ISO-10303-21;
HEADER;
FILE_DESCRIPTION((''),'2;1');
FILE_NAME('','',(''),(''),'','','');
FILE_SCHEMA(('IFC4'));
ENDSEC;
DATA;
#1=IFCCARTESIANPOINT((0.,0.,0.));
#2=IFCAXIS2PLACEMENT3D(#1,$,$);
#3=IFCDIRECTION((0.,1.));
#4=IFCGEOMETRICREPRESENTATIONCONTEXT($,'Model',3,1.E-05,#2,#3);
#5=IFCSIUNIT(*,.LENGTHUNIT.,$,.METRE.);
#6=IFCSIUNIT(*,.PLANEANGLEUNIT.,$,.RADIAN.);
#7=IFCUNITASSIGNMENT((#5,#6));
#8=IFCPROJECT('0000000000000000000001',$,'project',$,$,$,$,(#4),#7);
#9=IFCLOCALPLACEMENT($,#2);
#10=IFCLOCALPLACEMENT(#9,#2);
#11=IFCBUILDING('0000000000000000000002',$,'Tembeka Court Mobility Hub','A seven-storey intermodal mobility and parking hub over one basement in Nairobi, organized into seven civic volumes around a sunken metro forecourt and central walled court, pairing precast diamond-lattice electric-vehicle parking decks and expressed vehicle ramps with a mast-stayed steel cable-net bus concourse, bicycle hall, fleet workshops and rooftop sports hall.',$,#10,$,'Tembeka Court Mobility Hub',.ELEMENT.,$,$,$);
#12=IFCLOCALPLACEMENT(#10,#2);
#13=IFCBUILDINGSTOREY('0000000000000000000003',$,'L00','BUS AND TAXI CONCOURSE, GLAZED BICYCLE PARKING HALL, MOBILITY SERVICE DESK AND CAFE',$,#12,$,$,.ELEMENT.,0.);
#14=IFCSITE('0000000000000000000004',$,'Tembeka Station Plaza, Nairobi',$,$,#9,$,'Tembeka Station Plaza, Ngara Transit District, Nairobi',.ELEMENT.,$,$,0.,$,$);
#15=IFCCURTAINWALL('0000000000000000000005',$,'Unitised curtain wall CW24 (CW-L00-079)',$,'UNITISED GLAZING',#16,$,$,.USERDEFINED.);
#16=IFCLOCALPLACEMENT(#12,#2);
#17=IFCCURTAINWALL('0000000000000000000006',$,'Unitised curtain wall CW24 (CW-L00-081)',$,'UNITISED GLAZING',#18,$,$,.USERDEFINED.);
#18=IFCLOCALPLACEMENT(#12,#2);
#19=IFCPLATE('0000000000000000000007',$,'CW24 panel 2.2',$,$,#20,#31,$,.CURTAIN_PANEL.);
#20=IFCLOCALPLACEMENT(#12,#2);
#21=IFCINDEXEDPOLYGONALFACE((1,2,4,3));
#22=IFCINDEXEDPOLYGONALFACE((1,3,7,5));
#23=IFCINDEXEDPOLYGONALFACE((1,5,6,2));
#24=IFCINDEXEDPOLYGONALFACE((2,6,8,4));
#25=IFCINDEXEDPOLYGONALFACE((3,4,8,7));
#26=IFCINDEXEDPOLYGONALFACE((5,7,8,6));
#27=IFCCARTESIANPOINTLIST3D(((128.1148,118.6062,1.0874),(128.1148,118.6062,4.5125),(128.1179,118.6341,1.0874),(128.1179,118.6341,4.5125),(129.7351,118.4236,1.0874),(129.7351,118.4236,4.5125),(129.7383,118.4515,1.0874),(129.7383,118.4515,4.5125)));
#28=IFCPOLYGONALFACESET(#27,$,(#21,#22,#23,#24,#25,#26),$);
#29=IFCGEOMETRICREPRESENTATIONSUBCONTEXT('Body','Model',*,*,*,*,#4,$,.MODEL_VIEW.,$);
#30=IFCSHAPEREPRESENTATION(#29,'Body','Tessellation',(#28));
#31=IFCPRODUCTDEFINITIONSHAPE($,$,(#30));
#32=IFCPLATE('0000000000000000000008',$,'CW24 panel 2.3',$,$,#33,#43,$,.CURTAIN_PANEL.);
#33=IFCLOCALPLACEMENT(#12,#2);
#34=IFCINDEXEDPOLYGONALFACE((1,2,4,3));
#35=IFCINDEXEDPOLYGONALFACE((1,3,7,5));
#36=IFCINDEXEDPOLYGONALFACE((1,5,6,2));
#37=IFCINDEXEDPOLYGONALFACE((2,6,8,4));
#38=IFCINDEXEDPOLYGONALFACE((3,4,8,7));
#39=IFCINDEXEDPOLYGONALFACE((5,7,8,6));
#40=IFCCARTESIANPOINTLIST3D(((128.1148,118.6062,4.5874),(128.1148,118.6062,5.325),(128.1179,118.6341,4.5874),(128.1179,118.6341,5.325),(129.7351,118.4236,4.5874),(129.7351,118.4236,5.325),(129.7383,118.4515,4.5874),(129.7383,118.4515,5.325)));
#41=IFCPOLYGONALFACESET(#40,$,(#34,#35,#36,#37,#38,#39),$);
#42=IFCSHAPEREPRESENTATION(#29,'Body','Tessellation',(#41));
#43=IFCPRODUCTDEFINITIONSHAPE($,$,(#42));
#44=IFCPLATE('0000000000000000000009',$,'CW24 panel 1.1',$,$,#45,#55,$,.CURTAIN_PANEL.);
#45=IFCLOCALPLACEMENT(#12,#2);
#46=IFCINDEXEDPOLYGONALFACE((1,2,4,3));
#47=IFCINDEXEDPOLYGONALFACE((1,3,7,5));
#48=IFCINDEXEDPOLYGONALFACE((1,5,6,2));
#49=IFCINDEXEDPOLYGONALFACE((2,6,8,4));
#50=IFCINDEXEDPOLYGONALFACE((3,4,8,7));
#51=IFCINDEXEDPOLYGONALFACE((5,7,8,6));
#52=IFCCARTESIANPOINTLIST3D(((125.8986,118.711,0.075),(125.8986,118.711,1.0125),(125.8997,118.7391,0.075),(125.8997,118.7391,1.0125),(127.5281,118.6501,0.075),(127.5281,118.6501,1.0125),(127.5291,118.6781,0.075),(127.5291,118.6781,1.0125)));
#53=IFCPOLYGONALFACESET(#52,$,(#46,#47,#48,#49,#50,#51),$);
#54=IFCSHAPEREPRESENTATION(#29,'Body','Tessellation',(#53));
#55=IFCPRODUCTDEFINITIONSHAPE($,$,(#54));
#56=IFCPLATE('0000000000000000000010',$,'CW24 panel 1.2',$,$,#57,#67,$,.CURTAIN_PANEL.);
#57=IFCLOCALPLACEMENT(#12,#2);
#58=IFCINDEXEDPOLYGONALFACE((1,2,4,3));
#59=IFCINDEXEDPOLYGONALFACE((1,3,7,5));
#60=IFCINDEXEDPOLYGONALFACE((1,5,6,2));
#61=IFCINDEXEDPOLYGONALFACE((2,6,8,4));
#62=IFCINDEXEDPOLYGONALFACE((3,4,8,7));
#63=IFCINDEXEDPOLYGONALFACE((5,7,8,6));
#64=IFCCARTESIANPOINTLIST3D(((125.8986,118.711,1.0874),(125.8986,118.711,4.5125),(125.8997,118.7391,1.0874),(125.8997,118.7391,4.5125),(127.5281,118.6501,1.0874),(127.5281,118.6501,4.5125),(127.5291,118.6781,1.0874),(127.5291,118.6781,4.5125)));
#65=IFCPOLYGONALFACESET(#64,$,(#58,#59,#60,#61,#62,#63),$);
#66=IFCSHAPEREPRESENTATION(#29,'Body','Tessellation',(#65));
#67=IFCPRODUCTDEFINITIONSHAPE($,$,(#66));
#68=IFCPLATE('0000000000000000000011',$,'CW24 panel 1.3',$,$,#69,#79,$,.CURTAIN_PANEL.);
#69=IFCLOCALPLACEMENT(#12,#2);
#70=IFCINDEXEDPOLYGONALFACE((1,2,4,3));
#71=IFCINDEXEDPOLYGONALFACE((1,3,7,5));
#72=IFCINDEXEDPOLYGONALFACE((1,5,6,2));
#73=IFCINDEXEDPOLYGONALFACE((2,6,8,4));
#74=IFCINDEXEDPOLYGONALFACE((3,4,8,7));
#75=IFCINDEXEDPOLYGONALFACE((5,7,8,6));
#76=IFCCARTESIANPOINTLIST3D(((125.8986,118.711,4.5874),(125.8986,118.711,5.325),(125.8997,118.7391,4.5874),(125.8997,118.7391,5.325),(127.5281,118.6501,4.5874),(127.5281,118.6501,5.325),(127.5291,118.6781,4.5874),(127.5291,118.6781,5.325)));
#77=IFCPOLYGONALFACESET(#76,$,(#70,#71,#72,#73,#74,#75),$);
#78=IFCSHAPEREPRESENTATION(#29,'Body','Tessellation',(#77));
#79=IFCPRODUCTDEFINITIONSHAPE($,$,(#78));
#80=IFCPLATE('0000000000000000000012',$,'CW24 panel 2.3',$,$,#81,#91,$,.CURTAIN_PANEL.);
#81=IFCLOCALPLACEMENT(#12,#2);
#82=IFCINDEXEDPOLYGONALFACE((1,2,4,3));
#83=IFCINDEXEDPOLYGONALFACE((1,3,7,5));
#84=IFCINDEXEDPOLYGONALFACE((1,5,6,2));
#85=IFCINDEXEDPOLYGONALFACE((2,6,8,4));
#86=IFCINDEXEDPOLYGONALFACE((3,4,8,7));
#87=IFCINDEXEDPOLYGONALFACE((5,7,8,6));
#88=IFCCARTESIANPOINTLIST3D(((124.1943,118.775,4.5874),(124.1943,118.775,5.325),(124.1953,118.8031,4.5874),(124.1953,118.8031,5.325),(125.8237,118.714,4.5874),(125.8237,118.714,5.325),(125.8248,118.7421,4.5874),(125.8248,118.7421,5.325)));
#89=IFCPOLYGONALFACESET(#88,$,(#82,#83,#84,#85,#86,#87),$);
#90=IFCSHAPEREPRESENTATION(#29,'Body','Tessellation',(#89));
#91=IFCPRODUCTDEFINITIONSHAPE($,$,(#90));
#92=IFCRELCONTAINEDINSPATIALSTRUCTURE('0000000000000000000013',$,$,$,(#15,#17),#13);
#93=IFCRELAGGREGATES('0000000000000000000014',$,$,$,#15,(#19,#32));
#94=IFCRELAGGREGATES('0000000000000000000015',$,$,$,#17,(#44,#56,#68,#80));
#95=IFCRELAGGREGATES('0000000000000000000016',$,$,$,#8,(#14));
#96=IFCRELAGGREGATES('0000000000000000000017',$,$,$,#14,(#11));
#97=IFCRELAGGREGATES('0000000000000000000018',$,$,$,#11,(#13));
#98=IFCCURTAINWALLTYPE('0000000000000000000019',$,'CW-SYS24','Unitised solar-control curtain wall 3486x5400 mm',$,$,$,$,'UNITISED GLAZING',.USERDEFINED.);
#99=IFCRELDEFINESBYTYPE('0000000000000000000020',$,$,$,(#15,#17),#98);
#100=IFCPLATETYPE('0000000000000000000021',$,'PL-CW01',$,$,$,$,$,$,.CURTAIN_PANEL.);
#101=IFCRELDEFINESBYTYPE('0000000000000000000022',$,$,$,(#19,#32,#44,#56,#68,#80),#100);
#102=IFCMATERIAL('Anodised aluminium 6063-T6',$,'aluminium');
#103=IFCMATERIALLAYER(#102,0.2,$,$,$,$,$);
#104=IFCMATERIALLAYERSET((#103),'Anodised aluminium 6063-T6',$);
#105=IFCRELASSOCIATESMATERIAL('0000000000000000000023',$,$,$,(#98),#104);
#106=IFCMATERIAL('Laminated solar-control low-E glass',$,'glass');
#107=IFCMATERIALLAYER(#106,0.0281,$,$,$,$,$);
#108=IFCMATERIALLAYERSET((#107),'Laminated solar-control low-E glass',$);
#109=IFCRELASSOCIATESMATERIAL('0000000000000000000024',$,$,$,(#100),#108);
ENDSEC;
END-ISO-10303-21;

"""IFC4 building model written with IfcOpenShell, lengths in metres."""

from ifc_helpers import new_model, si_unit, direction, frame, origin, origin_2d, place, context, subcontext, project, spatial, rectangle, extrude, material, layer, layer_set, type_object, element, aggregate, save


model = new_model("IFC4")

# Units and contexts
model_context = context("Model", 3, precision=1e-05, world=origin(), true_north=direction((0.0, 1.0)))
body_context = subcontext(model_context, "Body", "Model", "MODEL_VIEW")
ifc_project = project(units=[si_unit("LENGTHUNIT", "METRE"), si_unit("PLANEANGLEUNIT", "RADIAN")], contexts=[model_context])

# Site, building, storey
site_placement = place(None, origin())
site = spatial("IfcSite", under=ifc_project, at=site_placement, Name="Tembeka Station Plaza, Nairobi", LongName="Tembeka Station Plaza, Ngara Transit District, Nairobi", CompositionType="ELEMENT", RefElevation=0.0)
building_placement = place(site_placement, origin())
building = spatial("IfcBuilding", under=site, at=building_placement, Name="Tembeka Court Mobility Hub", Description="A seven-storey intermodal mobility and parking hub over one basement in Nairobi, organized into seven civic volumes around a sunken metro forecourt and central walled court, pairing precast diamond-lattice electric-vehicle parking decks and expressed vehicle ramps with a mast-stayed steel cable-net bus concourse, bicycle hall, fleet workshops and rooftop sports hall.", LongName="Tembeka Court Mobility Hub", CompositionType="ELEMENT")
storey_placement = place(building_placement, origin())
storey = spatial("IfcBuildingStorey", under=building, at=storey_placement, Name="L00", Description="BUS AND TAXI CONCOURSE, GLAZED BICYCLE PARKING HALL, MOBILITY SERVICE DESK AND CAFE", CompositionType="ELEMENT", Elevation=0.0)

# Curtain walls
ifc_material_1 = material(Name="Anodised aluminium 6063-T6", Category="aluminium")
ifc_layer_1 = layer(ifc_material_1, 0.2)
ifc_layer_set_1 = layer_set([ifc_layer_1], Name="Anodised aluminium 6063-T6")
curtain_wall_type = type_object("IfcCurtainWallType", Name="CW-SYS24", Description="Unitised solar-control curtain wall 3486x5400 mm", ElementType="UNITISED GLAZING", PredefinedType="USERDEFINED", material=ifc_layer_set_1)
curtain_wall_1_placement = place(storey_placement, origin())
curtain_wall_1 = element("IfcCurtainWall", 1, at=curtain_wall_1_placement, inside=storey, type_object=curtain_wall_type, Name="Unitised curtain wall CW24 (CW-L00-079)", ObjectType="UNITISED GLAZING", PredefinedType="USERDEFINED")
curtain_wall_2_placement = place(storey_placement, origin())
curtain_wall_2 = element("IfcCurtainWall", 2, at=curtain_wall_2_placement, inside=storey, type_object=curtain_wall_type, Name="Unitised curtain wall CW24 (CW-L00-081)", ObjectType="UNITISED GLAZING", PredefinedType="USERDEFINED")

# Plates
ifc_material_2 = material(Name="Laminated solar-control low-E glass", Category="glass")
ifc_layer_2 = layer(ifc_material_2, 0.0281)
ifc_layer_set_2 = layer_set([ifc_layer_2], Name="Laminated solar-control low-E glass")
plate_type = type_object("IfcPlateType", Name="PL-CW01", PredefinedType="CURTAIN_PANEL", material=ifc_layer_set_2)
plate_1_placement = place(storey_placement, frame((128.9265, 118.5288, 1.0874), z_axis=(0.0, 0.0, 1.0), x_axis=(-0.99371, 0.111987, 0.0)))
plate_1 = element("IfcPlate", 3, at=plate_1_placement, type_object=plate_type, Name="CW24 panel 2.2", PredefinedType="CURTAIN_PANEL", context=body_context, shape_type="SweptSolid", body=[
    extrude(rectangle(XDim=1.6306, YDim=0.0281, at=origin_2d()), origin(), (0.0, 0.0, 1.0), 3.425),
])
plate_2_placement = place(storey_placement, frame((128.9265, 118.5288, 4.5874), z_axis=(0.0, 0.0, 1.0), x_axis=(-0.99371, 0.111987, 0.0)))
plate_2 = element("IfcPlate", 4, at=plate_2_placement, type_object=plate_type, Name="CW24 panel 2.3", PredefinedType="CURTAIN_PANEL", context=body_context, shape_type="SweptSolid", body=[
    extrude(rectangle(XDim=1.6306, YDim=0.0281, at=origin_2d()), origin(), (0.0, 0.0, 1.0), 0.7375),
])
aggregate(curtain_wall_1, [plate_1, plate_2])
plate_3_placement = place(storey_placement, frame((126.7139, 118.6946, 0.075), z_axis=(0.0, 0.0, 1.0), x_axis=(-0.9993, 0.037405, 0.0)))
plate_3 = element("IfcPlate", 5, at=plate_3_placement, type_object=plate_type, Name="CW24 panel 1.1", PredefinedType="CURTAIN_PANEL", context=body_context, shape_type="SweptSolid", body=[
    extrude(rectangle(XDim=1.6306, YDim=0.0281, at=origin_2d()), origin(), (0.0, 0.0, 1.0), 0.9375),
])
plate_4_placement = place(storey_placement, frame((126.7139, 118.6946, 1.0874), z_axis=(0.0, 0.0, 1.0), x_axis=(-0.9993, 0.037405, 0.0)))
plate_4 = element("IfcPlate", 6, at=plate_4_placement, type_object=plate_type, Name="CW24 panel 1.2", PredefinedType="CURTAIN_PANEL", context=body_context, shape_type="SweptSolid", body=[
    extrude(rectangle(XDim=1.6306, YDim=0.0281, at=origin_2d()), origin(), (0.0, 0.0, 1.0), 3.425),
])
plate_5_placement = place(storey_placement, frame((126.7139, 118.6946, 4.5874), z_axis=(0.0, 0.0, 1.0), x_axis=(-0.9993, 0.037405, 0.0)))
plate_5 = element("IfcPlate", 7, at=plate_5_placement, type_object=plate_type, Name="CW24 panel 1.3", PredefinedType="CURTAIN_PANEL", context=body_context, shape_type="SweptSolid", body=[
    extrude(rectangle(XDim=1.6306, YDim=0.0281, at=origin_2d()), origin(), (0.0, 0.0, 1.0), 0.7375),
])
plate_6_placement = place(storey_placement, frame((125.0095, 118.7585, 4.5874), z_axis=(0.0, 0.0, 1.0), x_axis=(-0.9993, 0.037405, 0.0)))
plate_6 = element("IfcPlate", 8, at=plate_6_placement, type_object=plate_type, Name="CW24 panel 2.3", PredefinedType="CURTAIN_PANEL", context=body_context, shape_type="SweptSolid", body=[
    extrude(rectangle(XDim=1.6306, YDim=0.0281, at=origin_2d()), origin(), (0.0, 0.0, 1.0), 0.7375),
])
aggregate(curtain_wall_2, [plate_3, plate_4, plate_5, plate_6])

save(model, "model.ifc")
